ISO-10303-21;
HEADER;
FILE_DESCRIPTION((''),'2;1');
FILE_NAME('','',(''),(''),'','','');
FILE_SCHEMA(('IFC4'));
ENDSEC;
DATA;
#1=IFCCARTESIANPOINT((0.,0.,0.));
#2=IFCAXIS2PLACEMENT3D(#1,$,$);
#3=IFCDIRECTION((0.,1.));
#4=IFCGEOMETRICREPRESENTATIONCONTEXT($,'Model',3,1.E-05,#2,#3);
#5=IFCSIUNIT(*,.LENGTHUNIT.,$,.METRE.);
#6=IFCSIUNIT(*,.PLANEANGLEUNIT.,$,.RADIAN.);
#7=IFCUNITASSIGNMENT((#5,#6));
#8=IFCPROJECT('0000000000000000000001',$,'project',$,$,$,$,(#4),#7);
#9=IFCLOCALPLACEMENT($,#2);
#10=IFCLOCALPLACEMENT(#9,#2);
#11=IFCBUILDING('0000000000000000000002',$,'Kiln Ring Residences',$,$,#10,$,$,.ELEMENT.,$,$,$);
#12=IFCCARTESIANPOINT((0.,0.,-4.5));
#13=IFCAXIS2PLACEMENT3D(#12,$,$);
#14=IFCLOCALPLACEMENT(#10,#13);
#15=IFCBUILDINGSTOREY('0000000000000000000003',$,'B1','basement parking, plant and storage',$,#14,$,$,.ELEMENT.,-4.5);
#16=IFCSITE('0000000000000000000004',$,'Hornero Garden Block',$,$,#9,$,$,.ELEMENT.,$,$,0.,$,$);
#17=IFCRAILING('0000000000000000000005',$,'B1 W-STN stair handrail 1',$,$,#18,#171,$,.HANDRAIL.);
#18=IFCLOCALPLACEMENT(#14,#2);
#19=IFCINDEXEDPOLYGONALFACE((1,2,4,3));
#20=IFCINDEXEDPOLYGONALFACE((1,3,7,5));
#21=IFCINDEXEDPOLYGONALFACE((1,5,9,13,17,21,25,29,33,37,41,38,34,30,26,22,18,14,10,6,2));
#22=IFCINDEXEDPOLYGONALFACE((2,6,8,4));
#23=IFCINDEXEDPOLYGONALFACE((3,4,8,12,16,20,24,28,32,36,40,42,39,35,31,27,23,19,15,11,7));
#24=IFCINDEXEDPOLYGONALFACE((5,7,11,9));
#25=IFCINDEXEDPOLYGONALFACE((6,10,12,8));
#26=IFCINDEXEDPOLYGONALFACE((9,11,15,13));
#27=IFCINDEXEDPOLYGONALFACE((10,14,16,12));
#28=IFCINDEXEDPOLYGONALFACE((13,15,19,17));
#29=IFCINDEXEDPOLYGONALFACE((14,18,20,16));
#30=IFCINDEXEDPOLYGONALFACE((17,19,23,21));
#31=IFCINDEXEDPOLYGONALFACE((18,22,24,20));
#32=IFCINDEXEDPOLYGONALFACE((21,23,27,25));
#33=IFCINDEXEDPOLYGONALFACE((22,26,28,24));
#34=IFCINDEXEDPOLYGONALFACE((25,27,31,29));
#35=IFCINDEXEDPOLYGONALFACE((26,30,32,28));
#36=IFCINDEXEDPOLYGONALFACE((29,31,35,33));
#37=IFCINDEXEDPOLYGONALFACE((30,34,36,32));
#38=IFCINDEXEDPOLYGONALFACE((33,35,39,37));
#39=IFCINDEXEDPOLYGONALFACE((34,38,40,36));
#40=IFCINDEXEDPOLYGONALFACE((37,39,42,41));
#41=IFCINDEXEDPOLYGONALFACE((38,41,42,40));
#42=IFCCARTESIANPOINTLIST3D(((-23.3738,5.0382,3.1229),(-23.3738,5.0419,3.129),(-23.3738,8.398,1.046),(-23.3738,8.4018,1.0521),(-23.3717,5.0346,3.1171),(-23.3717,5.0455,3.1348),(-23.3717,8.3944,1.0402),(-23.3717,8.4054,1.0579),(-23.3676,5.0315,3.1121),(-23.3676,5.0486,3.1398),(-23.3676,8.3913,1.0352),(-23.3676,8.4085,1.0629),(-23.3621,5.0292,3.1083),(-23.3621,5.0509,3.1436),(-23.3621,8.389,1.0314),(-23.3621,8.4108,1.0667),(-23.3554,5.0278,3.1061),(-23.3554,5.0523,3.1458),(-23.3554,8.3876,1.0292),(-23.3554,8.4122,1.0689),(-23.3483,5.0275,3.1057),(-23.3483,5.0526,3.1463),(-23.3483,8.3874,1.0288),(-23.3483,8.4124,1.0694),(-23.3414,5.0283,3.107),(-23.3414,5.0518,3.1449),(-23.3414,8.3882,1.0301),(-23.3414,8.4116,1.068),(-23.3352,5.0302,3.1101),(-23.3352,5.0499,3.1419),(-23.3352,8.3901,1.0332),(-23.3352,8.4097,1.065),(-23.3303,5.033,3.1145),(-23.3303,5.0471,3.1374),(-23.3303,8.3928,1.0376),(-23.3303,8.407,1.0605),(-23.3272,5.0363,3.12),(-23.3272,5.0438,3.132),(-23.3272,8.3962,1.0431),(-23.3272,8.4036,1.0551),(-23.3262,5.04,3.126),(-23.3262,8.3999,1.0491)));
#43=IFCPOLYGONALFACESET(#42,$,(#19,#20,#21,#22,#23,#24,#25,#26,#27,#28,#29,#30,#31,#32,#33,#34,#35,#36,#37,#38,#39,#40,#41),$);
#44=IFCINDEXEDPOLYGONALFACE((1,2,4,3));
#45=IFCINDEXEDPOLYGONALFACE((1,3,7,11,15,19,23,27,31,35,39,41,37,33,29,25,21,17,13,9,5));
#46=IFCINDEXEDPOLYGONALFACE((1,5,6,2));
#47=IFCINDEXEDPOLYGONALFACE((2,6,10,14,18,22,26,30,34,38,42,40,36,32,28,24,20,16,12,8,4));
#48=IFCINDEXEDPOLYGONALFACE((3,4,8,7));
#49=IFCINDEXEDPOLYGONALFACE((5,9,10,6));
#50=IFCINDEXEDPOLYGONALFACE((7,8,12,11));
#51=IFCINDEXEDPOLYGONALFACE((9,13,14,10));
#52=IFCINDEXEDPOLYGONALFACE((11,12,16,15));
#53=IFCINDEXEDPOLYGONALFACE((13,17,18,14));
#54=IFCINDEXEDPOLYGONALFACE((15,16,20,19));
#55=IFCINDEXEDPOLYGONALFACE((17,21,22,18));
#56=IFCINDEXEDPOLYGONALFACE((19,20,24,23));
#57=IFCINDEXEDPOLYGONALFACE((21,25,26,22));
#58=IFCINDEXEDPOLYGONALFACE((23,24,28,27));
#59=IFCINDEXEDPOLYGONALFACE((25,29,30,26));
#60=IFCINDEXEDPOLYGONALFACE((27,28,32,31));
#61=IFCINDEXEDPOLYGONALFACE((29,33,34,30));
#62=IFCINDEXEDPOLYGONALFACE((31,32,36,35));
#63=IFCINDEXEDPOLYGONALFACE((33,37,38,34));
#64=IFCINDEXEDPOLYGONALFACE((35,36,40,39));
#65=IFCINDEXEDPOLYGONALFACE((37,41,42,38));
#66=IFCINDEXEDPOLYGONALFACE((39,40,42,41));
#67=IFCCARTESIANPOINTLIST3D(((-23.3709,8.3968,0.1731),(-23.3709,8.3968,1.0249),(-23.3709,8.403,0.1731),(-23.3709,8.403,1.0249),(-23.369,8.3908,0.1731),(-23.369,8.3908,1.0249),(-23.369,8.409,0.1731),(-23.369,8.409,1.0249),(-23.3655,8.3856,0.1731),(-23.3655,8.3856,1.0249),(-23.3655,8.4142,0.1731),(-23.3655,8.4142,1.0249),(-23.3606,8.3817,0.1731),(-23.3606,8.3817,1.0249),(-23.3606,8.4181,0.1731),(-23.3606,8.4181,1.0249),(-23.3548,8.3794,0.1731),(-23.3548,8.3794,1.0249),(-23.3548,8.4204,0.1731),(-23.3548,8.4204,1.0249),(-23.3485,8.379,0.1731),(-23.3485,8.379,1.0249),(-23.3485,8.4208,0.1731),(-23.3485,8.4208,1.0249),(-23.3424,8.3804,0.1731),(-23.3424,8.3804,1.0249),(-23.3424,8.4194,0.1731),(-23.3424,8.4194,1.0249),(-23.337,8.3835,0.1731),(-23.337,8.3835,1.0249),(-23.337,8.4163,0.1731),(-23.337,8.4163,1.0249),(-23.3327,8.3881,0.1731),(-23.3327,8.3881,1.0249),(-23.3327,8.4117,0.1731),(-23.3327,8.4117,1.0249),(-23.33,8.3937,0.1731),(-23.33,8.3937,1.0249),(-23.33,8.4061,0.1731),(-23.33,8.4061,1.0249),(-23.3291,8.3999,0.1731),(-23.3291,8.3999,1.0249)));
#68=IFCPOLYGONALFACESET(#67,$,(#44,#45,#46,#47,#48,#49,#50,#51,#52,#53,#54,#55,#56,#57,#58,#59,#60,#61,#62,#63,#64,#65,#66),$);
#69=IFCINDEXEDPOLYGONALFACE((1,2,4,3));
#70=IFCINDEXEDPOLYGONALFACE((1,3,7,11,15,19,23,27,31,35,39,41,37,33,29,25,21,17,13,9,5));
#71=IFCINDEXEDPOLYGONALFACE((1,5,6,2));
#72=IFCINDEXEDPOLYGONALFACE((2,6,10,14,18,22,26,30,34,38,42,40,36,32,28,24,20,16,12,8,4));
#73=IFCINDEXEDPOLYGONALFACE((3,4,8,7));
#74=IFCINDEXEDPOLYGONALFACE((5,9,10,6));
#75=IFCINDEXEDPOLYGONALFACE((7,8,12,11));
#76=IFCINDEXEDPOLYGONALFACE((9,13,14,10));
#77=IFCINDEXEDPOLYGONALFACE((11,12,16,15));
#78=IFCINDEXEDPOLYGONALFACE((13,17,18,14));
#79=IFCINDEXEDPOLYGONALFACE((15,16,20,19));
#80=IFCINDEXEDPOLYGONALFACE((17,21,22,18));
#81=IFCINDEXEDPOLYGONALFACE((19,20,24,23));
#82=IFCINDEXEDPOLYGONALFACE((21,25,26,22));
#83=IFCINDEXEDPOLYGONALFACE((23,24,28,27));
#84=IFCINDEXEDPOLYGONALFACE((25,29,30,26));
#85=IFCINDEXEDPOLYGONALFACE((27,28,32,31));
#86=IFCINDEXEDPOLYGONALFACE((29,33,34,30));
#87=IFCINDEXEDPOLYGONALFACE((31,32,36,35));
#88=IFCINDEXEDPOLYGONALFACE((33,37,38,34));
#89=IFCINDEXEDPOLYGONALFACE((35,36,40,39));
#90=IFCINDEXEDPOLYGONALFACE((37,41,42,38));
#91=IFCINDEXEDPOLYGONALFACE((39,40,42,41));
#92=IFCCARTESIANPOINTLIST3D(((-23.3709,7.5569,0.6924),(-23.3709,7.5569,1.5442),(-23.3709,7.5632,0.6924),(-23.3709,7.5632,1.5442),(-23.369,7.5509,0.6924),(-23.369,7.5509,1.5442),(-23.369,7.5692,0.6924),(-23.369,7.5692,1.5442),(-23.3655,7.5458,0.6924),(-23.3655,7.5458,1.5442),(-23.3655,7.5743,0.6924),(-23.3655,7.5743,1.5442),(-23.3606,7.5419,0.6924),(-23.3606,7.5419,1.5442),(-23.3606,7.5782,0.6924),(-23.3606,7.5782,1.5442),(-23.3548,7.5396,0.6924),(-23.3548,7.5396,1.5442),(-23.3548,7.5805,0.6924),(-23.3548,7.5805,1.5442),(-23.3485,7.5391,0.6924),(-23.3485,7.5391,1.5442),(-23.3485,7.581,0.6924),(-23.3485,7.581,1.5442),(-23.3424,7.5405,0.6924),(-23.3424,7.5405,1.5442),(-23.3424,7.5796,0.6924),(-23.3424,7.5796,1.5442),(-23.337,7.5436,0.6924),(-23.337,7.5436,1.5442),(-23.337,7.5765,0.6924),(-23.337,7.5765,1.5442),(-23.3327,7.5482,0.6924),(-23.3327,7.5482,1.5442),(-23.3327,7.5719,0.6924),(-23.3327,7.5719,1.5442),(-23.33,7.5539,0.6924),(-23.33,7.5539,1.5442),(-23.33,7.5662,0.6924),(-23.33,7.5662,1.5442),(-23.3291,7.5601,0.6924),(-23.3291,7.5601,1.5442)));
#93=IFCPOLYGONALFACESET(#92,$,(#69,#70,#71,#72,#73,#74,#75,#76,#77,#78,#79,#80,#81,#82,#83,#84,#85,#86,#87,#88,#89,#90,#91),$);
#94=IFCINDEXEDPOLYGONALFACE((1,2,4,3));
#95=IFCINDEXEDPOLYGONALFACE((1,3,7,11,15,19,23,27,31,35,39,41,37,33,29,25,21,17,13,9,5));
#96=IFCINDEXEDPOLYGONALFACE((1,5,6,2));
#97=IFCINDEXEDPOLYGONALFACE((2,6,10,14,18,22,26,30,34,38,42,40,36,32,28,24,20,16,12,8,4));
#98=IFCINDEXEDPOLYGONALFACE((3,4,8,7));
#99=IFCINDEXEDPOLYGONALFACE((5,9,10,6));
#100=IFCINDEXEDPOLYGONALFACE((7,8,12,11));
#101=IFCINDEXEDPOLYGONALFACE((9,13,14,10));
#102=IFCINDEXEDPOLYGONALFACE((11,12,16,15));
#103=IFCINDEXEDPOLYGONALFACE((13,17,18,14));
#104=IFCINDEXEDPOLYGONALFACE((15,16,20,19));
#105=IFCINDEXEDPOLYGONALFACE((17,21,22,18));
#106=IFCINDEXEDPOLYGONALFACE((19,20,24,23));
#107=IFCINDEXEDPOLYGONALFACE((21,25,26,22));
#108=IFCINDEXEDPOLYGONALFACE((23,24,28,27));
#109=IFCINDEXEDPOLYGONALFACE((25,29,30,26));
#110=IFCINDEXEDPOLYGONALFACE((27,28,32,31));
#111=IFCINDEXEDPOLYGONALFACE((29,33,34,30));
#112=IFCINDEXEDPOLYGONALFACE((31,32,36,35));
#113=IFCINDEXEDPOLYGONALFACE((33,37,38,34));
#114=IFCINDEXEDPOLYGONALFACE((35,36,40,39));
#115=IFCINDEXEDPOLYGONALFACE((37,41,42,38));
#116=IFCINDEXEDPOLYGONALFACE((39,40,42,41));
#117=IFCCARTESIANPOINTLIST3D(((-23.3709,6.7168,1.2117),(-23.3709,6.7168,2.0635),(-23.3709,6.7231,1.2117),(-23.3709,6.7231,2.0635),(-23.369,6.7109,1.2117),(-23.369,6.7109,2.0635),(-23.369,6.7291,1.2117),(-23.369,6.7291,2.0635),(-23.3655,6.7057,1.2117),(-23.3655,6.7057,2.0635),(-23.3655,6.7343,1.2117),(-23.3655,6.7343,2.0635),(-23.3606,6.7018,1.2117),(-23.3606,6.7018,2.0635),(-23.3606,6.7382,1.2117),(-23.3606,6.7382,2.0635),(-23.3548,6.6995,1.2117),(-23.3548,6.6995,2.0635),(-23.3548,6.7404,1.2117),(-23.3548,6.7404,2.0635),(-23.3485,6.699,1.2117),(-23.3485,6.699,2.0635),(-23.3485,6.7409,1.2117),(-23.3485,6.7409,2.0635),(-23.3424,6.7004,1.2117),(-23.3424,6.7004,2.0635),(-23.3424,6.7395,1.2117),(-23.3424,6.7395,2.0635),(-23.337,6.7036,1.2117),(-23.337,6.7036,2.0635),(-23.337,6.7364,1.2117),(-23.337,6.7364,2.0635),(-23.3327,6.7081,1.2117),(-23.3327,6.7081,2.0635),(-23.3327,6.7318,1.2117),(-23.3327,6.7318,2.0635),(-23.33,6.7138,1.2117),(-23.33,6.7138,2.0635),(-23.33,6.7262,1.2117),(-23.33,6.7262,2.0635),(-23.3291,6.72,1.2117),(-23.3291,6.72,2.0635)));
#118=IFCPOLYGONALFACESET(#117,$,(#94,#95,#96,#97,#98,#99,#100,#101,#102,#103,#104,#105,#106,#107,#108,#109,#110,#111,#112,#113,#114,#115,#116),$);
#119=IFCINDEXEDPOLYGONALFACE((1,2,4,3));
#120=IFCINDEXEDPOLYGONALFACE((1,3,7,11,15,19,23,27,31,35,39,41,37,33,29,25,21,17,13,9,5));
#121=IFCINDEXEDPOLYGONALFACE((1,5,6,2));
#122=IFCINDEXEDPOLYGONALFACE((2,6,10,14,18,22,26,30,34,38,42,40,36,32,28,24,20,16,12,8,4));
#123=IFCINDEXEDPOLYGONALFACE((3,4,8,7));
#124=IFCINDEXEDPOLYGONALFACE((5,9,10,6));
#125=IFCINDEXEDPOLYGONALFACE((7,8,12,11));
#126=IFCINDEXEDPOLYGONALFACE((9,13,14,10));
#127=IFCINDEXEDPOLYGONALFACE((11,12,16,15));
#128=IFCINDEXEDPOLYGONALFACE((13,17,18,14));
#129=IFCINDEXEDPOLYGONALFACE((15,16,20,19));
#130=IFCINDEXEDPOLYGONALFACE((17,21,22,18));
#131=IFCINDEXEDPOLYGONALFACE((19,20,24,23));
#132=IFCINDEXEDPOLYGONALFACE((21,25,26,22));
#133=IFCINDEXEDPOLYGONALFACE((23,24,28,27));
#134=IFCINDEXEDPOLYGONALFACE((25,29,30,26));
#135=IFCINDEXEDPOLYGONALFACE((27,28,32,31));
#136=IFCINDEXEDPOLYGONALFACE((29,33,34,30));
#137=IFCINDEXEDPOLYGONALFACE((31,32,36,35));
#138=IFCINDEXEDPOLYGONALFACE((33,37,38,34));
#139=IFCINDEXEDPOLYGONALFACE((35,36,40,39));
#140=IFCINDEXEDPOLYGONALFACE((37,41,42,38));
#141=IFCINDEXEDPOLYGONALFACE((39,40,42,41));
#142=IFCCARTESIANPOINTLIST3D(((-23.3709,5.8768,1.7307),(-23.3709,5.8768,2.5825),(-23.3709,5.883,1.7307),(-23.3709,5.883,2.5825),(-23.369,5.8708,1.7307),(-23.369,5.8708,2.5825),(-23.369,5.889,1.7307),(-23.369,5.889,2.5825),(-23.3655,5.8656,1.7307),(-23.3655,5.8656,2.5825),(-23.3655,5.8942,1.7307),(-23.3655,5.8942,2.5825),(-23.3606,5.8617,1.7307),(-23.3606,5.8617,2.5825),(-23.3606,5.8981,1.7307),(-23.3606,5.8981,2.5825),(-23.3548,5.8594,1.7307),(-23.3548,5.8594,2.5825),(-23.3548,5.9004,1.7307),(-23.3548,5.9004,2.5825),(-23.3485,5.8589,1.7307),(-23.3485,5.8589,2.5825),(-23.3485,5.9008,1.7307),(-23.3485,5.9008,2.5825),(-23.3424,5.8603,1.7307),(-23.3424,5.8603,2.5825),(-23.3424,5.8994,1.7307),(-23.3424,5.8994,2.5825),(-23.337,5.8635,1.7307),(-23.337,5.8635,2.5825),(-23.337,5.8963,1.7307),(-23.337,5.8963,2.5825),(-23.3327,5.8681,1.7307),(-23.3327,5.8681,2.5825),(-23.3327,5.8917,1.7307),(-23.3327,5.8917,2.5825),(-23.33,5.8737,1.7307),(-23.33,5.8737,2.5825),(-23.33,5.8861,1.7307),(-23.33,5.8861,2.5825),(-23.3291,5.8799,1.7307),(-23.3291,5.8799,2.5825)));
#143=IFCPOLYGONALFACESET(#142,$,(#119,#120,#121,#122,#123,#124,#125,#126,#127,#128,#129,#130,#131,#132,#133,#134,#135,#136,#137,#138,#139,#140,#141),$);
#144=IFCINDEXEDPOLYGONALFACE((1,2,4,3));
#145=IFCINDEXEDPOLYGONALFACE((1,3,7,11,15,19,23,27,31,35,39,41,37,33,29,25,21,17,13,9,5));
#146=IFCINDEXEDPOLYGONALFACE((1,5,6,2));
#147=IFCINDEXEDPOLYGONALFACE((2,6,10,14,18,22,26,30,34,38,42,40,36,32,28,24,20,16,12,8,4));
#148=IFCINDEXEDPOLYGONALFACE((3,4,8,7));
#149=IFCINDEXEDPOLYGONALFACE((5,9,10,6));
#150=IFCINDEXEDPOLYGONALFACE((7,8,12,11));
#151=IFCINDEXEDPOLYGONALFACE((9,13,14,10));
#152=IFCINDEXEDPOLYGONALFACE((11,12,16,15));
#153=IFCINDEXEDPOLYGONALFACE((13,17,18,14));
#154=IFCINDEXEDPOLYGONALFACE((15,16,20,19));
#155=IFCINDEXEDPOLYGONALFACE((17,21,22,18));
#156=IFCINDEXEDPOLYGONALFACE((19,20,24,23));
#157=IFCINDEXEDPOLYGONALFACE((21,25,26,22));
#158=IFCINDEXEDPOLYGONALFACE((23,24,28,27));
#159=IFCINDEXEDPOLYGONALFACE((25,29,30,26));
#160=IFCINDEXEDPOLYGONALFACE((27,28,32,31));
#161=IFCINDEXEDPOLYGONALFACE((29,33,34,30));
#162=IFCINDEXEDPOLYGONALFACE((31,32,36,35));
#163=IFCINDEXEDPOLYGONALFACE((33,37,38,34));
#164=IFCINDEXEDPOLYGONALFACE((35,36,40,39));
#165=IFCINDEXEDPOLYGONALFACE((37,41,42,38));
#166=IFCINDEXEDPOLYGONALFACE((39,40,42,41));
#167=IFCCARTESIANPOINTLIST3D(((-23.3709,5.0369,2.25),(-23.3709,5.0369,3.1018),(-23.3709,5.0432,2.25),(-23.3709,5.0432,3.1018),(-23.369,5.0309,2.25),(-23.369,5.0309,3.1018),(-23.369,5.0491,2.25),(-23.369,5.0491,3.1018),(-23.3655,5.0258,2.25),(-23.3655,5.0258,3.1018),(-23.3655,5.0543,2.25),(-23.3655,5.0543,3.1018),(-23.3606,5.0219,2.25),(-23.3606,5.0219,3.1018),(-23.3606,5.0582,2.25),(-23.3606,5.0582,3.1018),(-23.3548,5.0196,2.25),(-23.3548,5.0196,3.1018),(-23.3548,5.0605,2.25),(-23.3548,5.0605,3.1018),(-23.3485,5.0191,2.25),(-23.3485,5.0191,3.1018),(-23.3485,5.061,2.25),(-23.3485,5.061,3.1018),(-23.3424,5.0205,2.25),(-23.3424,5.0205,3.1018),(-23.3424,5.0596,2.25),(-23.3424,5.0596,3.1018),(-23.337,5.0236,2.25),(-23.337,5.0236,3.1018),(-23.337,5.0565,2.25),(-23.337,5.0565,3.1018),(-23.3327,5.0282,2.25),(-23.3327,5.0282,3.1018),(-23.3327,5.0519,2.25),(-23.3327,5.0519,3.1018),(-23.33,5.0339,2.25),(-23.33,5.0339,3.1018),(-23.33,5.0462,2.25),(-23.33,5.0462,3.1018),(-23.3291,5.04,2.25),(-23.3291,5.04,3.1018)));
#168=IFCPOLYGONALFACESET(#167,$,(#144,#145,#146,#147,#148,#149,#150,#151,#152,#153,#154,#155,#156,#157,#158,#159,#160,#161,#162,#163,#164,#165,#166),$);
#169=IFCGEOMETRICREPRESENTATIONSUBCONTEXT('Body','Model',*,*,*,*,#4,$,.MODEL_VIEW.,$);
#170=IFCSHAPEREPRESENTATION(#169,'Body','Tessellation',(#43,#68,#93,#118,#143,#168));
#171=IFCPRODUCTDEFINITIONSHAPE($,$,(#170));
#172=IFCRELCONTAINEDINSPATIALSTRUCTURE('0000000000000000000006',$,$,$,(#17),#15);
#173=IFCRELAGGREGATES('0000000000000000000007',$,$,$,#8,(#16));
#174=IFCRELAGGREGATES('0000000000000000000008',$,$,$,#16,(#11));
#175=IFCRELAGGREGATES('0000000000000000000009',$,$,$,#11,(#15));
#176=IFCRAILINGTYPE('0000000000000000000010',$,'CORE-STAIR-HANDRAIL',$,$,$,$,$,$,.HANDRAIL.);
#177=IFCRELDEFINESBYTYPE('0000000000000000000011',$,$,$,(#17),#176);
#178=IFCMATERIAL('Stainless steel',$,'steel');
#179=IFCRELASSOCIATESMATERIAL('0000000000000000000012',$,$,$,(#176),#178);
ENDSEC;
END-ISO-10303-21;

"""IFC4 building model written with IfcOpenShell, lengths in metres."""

from ifc_helpers import new_model, si_unit, direction, frame, origin, origin_2d, place, context, subcontext, project, spatial, circle, extrude, material, type_object, element, save


model = new_model("IFC4")

# Units and contexts
model_context = context("Model", 3, precision=1e-05, world=origin(), true_north=direction((0.0, 1.0)))
body_context = subcontext(model_context, "Body", "Model", "MODEL_VIEW")
ifc_project = project(units=[si_unit("LENGTHUNIT", "METRE"), si_unit("PLANEANGLEUNIT", "RADIAN")], contexts=[model_context])

# Site, building, storey
site_placement = place(None, origin())
site = spatial("IfcSite", under=ifc_project, at=site_placement, Name="Hornero Garden Block", CompositionType="ELEMENT", RefElevation=0.0)
building_placement = place(site_placement, origin())
building = spatial("IfcBuilding", under=site, at=building_placement, Name="Kiln Ring Residences", CompositionType="ELEMENT")
storey_placement = place(building_placement, frame((0.0, 0.0, -4.5)))
storey = spatial("IfcBuildingStorey", under=building, at=storey_placement, Name="B1", Description="basement parking, plant and storage", CompositionType="ELEMENT", Elevation=-4.5)

# Railing
ifc_material_1 = material(Name="Stainless steel", Category="steel")
railing_type_1 = type_object("IfcRailingType", Name="CORE-STAIR-HANDRAIL", PredefinedType="HANDRAIL", material=ifc_material_1)
railing_1_placement = place(storey_placement, frame((-23.3501, 8.3999, 0.1731)))
element("IfcRailing", 1, at=railing_1_placement, inside=storey, type_object=railing_type_1, Name="B1 W-STN stair handrail 1", PredefinedType="HANDRAIL", context=body_context, shape_type="SweptSolid", body=[
    extrude(circle(Radius=0.0239, at=origin_2d()), frame((0.0, 0.0, 0.876), z_axis=(0.0, -0.850606, 0.525803), x_axis=(1.0, 0.0, 0.0)), (0.0, 0.0, 1.0), 3.95),
    extrude(circle(Radius=0.021, at=origin_2d()), origin(), (0.0, 0.0, 1.0), 0.8518),
    extrude(circle(Radius=0.021, at=origin_2d()), frame((0.0, -0.8398, 0.5193)), (0.0, 0.0, 1.0), 0.8518),
    extrude(circle(Radius=0.021, at=origin_2d()), frame((0.0, -1.6799, 1.0386)), (0.0, 0.0, 1.0), 0.8518),
    extrude(circle(Radius=0.021, at=origin_2d()), frame((0.0, -2.52, 1.5576)), (0.0, 0.0, 1.0), 0.8518),
    extrude(circle(Radius=0.021, at=origin_2d()), frame((0.0, -3.3599, 2.0769)), (0.0, 0.0, 1.0), 0.8518),
])

save(model, "model.ifc")
